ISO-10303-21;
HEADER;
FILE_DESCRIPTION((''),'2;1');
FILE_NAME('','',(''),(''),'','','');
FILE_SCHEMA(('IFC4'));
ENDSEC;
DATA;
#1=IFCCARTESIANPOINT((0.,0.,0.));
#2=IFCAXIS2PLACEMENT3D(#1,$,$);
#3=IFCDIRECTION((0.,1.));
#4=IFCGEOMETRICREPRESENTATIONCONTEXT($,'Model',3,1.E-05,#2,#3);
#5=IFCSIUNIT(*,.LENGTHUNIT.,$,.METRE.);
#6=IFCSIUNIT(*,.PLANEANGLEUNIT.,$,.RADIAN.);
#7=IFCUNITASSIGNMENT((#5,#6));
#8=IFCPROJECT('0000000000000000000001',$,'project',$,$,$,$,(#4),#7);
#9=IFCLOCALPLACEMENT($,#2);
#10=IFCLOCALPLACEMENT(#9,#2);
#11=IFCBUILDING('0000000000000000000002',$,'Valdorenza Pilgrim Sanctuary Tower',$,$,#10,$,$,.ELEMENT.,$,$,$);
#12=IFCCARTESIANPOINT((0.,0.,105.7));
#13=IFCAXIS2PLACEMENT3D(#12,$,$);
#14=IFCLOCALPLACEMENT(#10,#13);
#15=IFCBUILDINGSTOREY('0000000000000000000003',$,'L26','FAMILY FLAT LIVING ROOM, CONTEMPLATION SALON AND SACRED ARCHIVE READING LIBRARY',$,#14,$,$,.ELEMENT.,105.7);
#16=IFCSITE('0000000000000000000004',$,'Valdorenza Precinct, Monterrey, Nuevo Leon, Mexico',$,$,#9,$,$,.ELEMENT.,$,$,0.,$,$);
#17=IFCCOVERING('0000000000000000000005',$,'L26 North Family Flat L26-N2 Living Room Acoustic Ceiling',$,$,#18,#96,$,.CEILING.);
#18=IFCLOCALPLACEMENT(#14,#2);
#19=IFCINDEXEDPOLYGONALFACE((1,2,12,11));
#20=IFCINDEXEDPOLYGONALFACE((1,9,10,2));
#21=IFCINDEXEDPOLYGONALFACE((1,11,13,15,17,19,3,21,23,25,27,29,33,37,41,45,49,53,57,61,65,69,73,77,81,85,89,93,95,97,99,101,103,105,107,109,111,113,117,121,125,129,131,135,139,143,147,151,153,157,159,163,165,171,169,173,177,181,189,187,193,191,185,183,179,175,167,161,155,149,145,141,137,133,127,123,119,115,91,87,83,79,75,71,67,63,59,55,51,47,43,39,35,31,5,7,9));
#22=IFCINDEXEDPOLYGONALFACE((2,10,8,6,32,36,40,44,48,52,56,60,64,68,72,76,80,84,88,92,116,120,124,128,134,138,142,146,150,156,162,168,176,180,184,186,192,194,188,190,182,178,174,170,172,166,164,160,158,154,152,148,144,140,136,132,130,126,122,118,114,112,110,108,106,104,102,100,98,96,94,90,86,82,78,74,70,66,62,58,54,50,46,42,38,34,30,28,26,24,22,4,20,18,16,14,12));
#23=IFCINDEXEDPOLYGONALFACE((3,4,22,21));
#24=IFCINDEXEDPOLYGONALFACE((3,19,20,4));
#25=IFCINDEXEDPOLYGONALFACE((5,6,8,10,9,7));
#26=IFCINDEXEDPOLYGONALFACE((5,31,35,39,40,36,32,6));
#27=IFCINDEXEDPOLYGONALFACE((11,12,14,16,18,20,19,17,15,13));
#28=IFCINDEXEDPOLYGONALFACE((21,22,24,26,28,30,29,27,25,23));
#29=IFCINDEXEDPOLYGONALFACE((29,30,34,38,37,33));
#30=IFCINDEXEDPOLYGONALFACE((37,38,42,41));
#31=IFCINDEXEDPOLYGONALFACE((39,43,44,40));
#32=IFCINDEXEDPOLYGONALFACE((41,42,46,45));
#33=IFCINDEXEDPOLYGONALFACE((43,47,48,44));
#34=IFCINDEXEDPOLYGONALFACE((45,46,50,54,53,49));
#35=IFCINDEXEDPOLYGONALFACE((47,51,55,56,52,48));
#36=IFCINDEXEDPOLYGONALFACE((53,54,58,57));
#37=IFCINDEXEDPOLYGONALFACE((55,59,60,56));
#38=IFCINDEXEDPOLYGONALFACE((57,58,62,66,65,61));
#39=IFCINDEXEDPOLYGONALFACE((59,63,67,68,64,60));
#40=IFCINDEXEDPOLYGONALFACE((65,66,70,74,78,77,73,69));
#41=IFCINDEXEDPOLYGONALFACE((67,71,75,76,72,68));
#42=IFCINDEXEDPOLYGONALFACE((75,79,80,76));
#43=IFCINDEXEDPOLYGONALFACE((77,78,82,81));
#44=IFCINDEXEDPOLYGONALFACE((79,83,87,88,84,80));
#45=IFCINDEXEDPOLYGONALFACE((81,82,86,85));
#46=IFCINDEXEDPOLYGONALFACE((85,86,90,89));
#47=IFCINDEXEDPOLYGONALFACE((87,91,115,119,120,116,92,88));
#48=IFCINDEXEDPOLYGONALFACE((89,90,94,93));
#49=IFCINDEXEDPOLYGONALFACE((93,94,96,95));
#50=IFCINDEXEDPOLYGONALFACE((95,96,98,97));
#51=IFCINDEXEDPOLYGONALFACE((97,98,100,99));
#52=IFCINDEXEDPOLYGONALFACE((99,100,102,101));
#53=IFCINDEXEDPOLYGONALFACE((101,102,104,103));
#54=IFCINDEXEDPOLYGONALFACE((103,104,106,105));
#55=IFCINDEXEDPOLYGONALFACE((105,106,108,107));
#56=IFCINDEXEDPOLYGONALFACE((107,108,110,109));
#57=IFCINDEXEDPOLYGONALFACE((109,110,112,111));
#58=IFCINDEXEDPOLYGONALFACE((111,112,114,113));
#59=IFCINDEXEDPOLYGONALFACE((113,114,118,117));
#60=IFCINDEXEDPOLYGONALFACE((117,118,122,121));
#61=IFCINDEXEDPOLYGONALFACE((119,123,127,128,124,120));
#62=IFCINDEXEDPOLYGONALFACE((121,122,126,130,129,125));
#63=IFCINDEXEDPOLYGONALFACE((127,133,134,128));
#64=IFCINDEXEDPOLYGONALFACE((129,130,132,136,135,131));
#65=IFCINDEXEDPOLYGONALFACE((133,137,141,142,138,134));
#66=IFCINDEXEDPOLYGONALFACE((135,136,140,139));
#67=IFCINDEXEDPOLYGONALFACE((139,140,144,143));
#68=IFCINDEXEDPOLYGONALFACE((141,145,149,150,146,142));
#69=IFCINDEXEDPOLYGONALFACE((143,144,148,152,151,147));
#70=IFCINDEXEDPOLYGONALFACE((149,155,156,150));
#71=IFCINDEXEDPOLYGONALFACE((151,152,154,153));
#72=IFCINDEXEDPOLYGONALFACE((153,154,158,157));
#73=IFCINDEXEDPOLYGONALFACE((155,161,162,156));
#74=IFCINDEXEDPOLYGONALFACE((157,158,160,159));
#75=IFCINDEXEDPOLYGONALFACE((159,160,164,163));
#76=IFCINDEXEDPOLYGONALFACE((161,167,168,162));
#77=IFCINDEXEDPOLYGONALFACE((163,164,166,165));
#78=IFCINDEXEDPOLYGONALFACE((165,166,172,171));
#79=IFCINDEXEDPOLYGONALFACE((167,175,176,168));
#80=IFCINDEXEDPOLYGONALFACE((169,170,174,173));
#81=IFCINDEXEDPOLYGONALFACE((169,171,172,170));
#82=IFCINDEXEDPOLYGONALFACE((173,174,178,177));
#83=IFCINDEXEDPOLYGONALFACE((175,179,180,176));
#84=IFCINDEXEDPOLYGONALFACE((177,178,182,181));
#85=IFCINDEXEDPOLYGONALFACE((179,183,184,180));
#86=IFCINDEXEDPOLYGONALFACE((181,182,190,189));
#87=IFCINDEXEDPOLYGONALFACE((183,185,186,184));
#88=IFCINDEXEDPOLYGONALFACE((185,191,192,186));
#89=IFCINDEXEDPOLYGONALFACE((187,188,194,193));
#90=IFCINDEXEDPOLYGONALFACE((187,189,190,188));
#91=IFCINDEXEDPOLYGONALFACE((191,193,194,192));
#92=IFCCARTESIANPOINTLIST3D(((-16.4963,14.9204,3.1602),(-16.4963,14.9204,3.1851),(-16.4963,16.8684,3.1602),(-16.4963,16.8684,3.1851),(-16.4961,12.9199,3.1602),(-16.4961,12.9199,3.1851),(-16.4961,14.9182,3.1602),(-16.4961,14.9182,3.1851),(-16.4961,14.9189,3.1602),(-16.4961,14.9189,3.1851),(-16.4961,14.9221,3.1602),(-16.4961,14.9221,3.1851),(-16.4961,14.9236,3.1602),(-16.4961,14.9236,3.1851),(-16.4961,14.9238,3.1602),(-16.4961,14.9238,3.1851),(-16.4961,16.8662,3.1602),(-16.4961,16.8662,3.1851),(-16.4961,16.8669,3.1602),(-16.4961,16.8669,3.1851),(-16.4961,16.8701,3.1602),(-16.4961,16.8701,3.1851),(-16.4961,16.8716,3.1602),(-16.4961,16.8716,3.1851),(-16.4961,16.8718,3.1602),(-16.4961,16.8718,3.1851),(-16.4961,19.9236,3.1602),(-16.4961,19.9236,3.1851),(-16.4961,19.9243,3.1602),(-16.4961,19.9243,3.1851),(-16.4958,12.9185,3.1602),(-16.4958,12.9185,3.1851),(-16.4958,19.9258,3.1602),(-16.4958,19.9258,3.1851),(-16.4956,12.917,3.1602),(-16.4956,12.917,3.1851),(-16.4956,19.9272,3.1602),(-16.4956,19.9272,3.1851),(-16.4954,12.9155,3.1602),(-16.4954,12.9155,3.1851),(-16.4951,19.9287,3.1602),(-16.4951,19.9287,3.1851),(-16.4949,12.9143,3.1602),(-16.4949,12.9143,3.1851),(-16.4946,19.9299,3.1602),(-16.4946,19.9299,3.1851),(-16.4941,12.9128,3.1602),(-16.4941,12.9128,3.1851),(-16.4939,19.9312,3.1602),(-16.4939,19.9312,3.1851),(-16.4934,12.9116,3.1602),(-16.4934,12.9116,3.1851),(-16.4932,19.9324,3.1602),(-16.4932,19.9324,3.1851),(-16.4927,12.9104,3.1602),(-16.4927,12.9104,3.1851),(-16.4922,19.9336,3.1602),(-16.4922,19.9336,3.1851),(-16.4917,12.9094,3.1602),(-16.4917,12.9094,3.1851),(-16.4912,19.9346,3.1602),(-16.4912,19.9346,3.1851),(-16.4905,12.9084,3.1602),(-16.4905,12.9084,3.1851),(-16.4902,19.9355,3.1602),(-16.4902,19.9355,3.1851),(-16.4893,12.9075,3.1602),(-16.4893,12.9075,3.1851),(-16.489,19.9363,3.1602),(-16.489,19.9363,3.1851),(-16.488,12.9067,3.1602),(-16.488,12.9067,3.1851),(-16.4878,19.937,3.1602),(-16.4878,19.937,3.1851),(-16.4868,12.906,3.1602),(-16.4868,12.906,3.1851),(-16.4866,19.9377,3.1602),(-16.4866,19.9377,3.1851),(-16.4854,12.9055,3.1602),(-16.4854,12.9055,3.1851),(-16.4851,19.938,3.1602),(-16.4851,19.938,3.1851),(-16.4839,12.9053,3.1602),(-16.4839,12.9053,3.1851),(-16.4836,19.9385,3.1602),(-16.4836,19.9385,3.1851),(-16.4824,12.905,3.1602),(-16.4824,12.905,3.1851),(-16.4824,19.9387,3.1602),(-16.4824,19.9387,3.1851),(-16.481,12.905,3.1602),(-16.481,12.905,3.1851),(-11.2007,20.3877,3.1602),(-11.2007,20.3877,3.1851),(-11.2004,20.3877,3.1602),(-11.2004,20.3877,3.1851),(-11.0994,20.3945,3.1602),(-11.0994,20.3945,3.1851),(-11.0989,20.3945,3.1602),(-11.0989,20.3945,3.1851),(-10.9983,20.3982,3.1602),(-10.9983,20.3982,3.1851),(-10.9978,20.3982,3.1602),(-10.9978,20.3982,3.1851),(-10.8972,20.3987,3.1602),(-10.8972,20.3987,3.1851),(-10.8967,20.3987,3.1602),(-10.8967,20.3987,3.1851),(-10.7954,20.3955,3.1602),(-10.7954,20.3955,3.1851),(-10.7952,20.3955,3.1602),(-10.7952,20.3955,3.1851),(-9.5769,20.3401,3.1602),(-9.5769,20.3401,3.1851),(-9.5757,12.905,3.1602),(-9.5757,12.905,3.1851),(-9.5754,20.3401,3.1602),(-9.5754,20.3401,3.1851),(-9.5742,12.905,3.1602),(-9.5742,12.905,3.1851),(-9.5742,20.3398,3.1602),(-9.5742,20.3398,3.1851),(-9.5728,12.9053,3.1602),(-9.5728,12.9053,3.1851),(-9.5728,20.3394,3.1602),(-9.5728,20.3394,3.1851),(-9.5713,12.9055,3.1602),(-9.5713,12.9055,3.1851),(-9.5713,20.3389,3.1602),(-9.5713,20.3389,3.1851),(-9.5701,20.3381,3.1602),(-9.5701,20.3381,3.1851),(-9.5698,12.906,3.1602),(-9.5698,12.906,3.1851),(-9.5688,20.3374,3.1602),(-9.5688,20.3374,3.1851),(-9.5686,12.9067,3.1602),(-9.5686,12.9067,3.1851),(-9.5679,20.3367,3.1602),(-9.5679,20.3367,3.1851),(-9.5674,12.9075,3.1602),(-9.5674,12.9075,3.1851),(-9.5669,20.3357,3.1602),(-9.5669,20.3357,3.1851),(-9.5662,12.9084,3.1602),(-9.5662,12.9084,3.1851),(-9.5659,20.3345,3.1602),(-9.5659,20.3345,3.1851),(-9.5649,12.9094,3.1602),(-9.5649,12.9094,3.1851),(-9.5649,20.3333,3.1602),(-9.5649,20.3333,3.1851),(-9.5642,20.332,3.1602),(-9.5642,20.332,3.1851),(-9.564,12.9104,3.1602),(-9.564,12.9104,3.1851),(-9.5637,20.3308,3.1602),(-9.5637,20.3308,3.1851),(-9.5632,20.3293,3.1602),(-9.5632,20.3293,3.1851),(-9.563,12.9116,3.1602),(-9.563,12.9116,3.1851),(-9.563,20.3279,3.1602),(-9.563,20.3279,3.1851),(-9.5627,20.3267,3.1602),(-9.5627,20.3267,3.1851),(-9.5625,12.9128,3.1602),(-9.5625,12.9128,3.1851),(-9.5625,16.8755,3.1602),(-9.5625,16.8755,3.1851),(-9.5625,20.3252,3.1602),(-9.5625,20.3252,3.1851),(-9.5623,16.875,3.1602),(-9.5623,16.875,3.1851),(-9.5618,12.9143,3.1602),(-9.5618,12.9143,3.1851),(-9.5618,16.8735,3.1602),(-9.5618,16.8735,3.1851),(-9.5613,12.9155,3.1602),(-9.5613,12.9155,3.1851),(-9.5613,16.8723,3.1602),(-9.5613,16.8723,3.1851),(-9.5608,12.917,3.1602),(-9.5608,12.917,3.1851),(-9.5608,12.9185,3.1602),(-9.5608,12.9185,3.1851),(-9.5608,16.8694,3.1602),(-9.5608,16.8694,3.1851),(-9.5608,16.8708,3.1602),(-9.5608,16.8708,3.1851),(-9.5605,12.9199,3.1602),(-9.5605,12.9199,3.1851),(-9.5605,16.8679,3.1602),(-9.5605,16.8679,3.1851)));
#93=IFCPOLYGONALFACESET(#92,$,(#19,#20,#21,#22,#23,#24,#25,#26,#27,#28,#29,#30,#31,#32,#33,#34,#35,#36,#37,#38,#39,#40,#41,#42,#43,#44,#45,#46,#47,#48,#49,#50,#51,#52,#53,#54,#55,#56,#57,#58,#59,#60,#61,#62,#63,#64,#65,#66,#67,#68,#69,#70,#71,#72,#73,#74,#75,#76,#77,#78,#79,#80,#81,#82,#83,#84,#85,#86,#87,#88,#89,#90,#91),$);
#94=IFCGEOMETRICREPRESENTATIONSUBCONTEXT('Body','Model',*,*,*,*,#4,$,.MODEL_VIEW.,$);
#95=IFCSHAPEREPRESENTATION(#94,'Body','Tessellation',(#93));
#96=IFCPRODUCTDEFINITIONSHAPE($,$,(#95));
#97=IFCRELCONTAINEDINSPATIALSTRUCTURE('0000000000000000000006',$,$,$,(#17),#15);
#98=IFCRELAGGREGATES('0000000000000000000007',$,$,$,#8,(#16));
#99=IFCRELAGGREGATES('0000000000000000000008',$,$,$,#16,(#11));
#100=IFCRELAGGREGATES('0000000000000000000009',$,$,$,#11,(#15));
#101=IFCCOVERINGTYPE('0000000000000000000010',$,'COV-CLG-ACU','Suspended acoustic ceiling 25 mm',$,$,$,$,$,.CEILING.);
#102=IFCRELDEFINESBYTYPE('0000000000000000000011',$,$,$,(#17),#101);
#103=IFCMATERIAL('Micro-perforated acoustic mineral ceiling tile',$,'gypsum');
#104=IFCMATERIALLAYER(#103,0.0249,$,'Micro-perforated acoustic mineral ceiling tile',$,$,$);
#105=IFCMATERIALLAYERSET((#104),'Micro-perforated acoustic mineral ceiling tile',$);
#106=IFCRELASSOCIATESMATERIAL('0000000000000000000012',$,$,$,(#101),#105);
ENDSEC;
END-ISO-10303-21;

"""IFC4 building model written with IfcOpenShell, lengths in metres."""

from ifc_helpers import new_model, si_unit, direction, frame, origin, place, context, subcontext, project, spatial, polyline, outline, extrude, material, layer, layer_set, type_object, element, save


model = new_model("IFC4")

# Units and contexts
model_context = context("Model", 3, precision=1e-05, world=origin(), true_north=direction((0.0, 1.0)))
body_context = subcontext(model_context, "Body", "Model", "MODEL_VIEW")
ifc_project = project(units=[si_unit("LENGTHUNIT", "METRE"), si_unit("PLANEANGLEUNIT", "RADIAN")], contexts=[model_context])

# Site, building, storey
site_placement = place(None, origin())
site = spatial("IfcSite", under=ifc_project, at=site_placement, Name="Valdorenza Precinct, Monterrey, Nuevo Leon, Mexico", CompositionType="ELEMENT", RefElevation=0.0)
building_placement = place(site_placement, origin())
building = spatial("IfcBuilding", under=site, at=building_placement, Name="Valdorenza Pilgrim Sanctuary Tower", CompositionType="ELEMENT")
storey_placement = place(building_placement, frame((0.0, 0.0, 105.7)))
storey = spatial("IfcBuildingStorey", under=building, at=storey_placement, Name="L26", Description="FAMILY FLAT LIVING ROOM, CONTEMPLATION SALON AND SACRED ARCHIVE READING LIBRARY", CompositionType="ELEMENT", Elevation=105.7)

# Covering
ifc_material_1 = material(Name="Micro-perforated acoustic mineral ceiling tile", Category="gypsum")
ifc_layer_1 = layer(ifc_material_1, 0.0249, Name="Micro-perforated acoustic mineral ceiling tile")
ifc_layer_set_1 = layer_set([ifc_layer_1], Name="Micro-perforated acoustic mineral ceiling tile")
covering_type_1 = type_object("IfcCoveringType", Name="COV-CLG-ACU", Description="Suspended acoustic ceiling 25 mm", PredefinedType="CEILING", material=ifc_layer_set_1)
covering_1_placement = place(storey_placement, frame((0.0, 0.0, 3.1602)))
element("IfcCovering", 1, at=covering_1_placement, inside=storey, type_object=covering_type_1, Name="L26 North Family Flat L26-N2 Living Room Acoustic Ceiling", PredefinedType="CEILING", context=body_context, shape_type="SweptSolid", body=[
    extrude(outline(polyline([(-16.4961, 14.9182), (-16.4961, 14.9189), (-16.4963, 14.9204), (-16.4961, 14.9221), (-16.4961, 14.9236), (-16.4961, 14.9238), (-16.4961, 16.8662), (-16.4961, 16.8669), (-16.4963, 16.8684), (-16.4961, 16.8701), (-16.4961, 16.8716), (-16.4961, 16.8718), (-16.4961, 19.9236), (-16.4961, 19.9236), (-16.4961, 19.9243), (-16.4958, 19.9258), (-16.4956, 19.9272), (-16.4951, 19.9287), (-16.4946, 19.9299), (-16.4939, 19.9312), (-16.4932, 19.9324), (-16.4922, 19.9336), (-16.4912, 19.9346), (-16.4902, 19.9355), (-16.489, 19.9363), (-16.4878, 19.937), (-16.4866, 19.9377), (-16.4851, 19.938), (-16.4836, 19.9385), (-16.4824, 19.9387), (-11.2007, 20.3877), (-11.2004, 20.3877), (-11.0994, 20.3945), (-11.0989, 20.3945), (-10.9983, 20.3982), (-10.9978, 20.3982), (-10.8972, 20.3987), (-10.8967, 20.3987), (-10.7954, 20.3955), (-10.7952, 20.3955), (-9.5769, 20.3401), (-9.5754, 20.3401), (-9.5742, 20.3398), (-9.5728, 20.3394), (-9.5713, 20.3389), (-9.5701, 20.3381), (-9.5688, 20.3374), (-9.5679, 20.3367), (-9.5669, 20.3357), (-9.5659, 20.3345), (-9.5649, 20.3333), (-9.5642, 20.332), (-9.5637, 20.3308), (-9.5632, 20.3293), (-9.563, 20.3279), (-9.5627, 20.3267), (-9.5625, 20.3252), (-9.5625, 16.8755), (-9.5623, 16.875), (-9.5618, 16.8735), (-9.5613, 16.8723), (-9.5608, 16.8708), (-9.5608, 16.8694), (-9.5605, 16.8679), (-9.5605, 12.9199), (-9.5608, 12.9185), (-9.5608, 12.917), (-9.5613, 12.9155), (-9.5618, 12.9143), (-9.5625, 12.9128), (-9.563, 12.9116), (-9.564, 12.9104), (-9.5649, 12.9094), (-9.5662, 12.9084), (-9.5674, 12.9075), (-9.5686, 12.9067), (-9.5698, 12.906), (-9.5713, 12.9055), (-9.5728, 12.9053), (-9.5742, 12.905), (-9.5757, 12.905), (-16.481, 12.905), (-16.4824, 12.905), (-16.4839, 12.9053), (-16.4854, 12.9055), (-16.4868, 12.906), (-16.488, 12.9067), (-16.4893, 12.9075), (-16.4905, 12.9084), (-16.4917, 12.9094), (-16.4927, 12.9104), (-16.4934, 12.9116), (-16.4941, 12.9128), (-16.4949, 12.9143), (-16.4954, 12.9155), (-16.4956, 12.917), (-16.4958, 12.9185), (-16.4961, 12.9199), (-16.4961, 14.9182)])), origin(), (0.0, 0.0, 1.0), 0.0249),
])

save(model, "model.ifc")
